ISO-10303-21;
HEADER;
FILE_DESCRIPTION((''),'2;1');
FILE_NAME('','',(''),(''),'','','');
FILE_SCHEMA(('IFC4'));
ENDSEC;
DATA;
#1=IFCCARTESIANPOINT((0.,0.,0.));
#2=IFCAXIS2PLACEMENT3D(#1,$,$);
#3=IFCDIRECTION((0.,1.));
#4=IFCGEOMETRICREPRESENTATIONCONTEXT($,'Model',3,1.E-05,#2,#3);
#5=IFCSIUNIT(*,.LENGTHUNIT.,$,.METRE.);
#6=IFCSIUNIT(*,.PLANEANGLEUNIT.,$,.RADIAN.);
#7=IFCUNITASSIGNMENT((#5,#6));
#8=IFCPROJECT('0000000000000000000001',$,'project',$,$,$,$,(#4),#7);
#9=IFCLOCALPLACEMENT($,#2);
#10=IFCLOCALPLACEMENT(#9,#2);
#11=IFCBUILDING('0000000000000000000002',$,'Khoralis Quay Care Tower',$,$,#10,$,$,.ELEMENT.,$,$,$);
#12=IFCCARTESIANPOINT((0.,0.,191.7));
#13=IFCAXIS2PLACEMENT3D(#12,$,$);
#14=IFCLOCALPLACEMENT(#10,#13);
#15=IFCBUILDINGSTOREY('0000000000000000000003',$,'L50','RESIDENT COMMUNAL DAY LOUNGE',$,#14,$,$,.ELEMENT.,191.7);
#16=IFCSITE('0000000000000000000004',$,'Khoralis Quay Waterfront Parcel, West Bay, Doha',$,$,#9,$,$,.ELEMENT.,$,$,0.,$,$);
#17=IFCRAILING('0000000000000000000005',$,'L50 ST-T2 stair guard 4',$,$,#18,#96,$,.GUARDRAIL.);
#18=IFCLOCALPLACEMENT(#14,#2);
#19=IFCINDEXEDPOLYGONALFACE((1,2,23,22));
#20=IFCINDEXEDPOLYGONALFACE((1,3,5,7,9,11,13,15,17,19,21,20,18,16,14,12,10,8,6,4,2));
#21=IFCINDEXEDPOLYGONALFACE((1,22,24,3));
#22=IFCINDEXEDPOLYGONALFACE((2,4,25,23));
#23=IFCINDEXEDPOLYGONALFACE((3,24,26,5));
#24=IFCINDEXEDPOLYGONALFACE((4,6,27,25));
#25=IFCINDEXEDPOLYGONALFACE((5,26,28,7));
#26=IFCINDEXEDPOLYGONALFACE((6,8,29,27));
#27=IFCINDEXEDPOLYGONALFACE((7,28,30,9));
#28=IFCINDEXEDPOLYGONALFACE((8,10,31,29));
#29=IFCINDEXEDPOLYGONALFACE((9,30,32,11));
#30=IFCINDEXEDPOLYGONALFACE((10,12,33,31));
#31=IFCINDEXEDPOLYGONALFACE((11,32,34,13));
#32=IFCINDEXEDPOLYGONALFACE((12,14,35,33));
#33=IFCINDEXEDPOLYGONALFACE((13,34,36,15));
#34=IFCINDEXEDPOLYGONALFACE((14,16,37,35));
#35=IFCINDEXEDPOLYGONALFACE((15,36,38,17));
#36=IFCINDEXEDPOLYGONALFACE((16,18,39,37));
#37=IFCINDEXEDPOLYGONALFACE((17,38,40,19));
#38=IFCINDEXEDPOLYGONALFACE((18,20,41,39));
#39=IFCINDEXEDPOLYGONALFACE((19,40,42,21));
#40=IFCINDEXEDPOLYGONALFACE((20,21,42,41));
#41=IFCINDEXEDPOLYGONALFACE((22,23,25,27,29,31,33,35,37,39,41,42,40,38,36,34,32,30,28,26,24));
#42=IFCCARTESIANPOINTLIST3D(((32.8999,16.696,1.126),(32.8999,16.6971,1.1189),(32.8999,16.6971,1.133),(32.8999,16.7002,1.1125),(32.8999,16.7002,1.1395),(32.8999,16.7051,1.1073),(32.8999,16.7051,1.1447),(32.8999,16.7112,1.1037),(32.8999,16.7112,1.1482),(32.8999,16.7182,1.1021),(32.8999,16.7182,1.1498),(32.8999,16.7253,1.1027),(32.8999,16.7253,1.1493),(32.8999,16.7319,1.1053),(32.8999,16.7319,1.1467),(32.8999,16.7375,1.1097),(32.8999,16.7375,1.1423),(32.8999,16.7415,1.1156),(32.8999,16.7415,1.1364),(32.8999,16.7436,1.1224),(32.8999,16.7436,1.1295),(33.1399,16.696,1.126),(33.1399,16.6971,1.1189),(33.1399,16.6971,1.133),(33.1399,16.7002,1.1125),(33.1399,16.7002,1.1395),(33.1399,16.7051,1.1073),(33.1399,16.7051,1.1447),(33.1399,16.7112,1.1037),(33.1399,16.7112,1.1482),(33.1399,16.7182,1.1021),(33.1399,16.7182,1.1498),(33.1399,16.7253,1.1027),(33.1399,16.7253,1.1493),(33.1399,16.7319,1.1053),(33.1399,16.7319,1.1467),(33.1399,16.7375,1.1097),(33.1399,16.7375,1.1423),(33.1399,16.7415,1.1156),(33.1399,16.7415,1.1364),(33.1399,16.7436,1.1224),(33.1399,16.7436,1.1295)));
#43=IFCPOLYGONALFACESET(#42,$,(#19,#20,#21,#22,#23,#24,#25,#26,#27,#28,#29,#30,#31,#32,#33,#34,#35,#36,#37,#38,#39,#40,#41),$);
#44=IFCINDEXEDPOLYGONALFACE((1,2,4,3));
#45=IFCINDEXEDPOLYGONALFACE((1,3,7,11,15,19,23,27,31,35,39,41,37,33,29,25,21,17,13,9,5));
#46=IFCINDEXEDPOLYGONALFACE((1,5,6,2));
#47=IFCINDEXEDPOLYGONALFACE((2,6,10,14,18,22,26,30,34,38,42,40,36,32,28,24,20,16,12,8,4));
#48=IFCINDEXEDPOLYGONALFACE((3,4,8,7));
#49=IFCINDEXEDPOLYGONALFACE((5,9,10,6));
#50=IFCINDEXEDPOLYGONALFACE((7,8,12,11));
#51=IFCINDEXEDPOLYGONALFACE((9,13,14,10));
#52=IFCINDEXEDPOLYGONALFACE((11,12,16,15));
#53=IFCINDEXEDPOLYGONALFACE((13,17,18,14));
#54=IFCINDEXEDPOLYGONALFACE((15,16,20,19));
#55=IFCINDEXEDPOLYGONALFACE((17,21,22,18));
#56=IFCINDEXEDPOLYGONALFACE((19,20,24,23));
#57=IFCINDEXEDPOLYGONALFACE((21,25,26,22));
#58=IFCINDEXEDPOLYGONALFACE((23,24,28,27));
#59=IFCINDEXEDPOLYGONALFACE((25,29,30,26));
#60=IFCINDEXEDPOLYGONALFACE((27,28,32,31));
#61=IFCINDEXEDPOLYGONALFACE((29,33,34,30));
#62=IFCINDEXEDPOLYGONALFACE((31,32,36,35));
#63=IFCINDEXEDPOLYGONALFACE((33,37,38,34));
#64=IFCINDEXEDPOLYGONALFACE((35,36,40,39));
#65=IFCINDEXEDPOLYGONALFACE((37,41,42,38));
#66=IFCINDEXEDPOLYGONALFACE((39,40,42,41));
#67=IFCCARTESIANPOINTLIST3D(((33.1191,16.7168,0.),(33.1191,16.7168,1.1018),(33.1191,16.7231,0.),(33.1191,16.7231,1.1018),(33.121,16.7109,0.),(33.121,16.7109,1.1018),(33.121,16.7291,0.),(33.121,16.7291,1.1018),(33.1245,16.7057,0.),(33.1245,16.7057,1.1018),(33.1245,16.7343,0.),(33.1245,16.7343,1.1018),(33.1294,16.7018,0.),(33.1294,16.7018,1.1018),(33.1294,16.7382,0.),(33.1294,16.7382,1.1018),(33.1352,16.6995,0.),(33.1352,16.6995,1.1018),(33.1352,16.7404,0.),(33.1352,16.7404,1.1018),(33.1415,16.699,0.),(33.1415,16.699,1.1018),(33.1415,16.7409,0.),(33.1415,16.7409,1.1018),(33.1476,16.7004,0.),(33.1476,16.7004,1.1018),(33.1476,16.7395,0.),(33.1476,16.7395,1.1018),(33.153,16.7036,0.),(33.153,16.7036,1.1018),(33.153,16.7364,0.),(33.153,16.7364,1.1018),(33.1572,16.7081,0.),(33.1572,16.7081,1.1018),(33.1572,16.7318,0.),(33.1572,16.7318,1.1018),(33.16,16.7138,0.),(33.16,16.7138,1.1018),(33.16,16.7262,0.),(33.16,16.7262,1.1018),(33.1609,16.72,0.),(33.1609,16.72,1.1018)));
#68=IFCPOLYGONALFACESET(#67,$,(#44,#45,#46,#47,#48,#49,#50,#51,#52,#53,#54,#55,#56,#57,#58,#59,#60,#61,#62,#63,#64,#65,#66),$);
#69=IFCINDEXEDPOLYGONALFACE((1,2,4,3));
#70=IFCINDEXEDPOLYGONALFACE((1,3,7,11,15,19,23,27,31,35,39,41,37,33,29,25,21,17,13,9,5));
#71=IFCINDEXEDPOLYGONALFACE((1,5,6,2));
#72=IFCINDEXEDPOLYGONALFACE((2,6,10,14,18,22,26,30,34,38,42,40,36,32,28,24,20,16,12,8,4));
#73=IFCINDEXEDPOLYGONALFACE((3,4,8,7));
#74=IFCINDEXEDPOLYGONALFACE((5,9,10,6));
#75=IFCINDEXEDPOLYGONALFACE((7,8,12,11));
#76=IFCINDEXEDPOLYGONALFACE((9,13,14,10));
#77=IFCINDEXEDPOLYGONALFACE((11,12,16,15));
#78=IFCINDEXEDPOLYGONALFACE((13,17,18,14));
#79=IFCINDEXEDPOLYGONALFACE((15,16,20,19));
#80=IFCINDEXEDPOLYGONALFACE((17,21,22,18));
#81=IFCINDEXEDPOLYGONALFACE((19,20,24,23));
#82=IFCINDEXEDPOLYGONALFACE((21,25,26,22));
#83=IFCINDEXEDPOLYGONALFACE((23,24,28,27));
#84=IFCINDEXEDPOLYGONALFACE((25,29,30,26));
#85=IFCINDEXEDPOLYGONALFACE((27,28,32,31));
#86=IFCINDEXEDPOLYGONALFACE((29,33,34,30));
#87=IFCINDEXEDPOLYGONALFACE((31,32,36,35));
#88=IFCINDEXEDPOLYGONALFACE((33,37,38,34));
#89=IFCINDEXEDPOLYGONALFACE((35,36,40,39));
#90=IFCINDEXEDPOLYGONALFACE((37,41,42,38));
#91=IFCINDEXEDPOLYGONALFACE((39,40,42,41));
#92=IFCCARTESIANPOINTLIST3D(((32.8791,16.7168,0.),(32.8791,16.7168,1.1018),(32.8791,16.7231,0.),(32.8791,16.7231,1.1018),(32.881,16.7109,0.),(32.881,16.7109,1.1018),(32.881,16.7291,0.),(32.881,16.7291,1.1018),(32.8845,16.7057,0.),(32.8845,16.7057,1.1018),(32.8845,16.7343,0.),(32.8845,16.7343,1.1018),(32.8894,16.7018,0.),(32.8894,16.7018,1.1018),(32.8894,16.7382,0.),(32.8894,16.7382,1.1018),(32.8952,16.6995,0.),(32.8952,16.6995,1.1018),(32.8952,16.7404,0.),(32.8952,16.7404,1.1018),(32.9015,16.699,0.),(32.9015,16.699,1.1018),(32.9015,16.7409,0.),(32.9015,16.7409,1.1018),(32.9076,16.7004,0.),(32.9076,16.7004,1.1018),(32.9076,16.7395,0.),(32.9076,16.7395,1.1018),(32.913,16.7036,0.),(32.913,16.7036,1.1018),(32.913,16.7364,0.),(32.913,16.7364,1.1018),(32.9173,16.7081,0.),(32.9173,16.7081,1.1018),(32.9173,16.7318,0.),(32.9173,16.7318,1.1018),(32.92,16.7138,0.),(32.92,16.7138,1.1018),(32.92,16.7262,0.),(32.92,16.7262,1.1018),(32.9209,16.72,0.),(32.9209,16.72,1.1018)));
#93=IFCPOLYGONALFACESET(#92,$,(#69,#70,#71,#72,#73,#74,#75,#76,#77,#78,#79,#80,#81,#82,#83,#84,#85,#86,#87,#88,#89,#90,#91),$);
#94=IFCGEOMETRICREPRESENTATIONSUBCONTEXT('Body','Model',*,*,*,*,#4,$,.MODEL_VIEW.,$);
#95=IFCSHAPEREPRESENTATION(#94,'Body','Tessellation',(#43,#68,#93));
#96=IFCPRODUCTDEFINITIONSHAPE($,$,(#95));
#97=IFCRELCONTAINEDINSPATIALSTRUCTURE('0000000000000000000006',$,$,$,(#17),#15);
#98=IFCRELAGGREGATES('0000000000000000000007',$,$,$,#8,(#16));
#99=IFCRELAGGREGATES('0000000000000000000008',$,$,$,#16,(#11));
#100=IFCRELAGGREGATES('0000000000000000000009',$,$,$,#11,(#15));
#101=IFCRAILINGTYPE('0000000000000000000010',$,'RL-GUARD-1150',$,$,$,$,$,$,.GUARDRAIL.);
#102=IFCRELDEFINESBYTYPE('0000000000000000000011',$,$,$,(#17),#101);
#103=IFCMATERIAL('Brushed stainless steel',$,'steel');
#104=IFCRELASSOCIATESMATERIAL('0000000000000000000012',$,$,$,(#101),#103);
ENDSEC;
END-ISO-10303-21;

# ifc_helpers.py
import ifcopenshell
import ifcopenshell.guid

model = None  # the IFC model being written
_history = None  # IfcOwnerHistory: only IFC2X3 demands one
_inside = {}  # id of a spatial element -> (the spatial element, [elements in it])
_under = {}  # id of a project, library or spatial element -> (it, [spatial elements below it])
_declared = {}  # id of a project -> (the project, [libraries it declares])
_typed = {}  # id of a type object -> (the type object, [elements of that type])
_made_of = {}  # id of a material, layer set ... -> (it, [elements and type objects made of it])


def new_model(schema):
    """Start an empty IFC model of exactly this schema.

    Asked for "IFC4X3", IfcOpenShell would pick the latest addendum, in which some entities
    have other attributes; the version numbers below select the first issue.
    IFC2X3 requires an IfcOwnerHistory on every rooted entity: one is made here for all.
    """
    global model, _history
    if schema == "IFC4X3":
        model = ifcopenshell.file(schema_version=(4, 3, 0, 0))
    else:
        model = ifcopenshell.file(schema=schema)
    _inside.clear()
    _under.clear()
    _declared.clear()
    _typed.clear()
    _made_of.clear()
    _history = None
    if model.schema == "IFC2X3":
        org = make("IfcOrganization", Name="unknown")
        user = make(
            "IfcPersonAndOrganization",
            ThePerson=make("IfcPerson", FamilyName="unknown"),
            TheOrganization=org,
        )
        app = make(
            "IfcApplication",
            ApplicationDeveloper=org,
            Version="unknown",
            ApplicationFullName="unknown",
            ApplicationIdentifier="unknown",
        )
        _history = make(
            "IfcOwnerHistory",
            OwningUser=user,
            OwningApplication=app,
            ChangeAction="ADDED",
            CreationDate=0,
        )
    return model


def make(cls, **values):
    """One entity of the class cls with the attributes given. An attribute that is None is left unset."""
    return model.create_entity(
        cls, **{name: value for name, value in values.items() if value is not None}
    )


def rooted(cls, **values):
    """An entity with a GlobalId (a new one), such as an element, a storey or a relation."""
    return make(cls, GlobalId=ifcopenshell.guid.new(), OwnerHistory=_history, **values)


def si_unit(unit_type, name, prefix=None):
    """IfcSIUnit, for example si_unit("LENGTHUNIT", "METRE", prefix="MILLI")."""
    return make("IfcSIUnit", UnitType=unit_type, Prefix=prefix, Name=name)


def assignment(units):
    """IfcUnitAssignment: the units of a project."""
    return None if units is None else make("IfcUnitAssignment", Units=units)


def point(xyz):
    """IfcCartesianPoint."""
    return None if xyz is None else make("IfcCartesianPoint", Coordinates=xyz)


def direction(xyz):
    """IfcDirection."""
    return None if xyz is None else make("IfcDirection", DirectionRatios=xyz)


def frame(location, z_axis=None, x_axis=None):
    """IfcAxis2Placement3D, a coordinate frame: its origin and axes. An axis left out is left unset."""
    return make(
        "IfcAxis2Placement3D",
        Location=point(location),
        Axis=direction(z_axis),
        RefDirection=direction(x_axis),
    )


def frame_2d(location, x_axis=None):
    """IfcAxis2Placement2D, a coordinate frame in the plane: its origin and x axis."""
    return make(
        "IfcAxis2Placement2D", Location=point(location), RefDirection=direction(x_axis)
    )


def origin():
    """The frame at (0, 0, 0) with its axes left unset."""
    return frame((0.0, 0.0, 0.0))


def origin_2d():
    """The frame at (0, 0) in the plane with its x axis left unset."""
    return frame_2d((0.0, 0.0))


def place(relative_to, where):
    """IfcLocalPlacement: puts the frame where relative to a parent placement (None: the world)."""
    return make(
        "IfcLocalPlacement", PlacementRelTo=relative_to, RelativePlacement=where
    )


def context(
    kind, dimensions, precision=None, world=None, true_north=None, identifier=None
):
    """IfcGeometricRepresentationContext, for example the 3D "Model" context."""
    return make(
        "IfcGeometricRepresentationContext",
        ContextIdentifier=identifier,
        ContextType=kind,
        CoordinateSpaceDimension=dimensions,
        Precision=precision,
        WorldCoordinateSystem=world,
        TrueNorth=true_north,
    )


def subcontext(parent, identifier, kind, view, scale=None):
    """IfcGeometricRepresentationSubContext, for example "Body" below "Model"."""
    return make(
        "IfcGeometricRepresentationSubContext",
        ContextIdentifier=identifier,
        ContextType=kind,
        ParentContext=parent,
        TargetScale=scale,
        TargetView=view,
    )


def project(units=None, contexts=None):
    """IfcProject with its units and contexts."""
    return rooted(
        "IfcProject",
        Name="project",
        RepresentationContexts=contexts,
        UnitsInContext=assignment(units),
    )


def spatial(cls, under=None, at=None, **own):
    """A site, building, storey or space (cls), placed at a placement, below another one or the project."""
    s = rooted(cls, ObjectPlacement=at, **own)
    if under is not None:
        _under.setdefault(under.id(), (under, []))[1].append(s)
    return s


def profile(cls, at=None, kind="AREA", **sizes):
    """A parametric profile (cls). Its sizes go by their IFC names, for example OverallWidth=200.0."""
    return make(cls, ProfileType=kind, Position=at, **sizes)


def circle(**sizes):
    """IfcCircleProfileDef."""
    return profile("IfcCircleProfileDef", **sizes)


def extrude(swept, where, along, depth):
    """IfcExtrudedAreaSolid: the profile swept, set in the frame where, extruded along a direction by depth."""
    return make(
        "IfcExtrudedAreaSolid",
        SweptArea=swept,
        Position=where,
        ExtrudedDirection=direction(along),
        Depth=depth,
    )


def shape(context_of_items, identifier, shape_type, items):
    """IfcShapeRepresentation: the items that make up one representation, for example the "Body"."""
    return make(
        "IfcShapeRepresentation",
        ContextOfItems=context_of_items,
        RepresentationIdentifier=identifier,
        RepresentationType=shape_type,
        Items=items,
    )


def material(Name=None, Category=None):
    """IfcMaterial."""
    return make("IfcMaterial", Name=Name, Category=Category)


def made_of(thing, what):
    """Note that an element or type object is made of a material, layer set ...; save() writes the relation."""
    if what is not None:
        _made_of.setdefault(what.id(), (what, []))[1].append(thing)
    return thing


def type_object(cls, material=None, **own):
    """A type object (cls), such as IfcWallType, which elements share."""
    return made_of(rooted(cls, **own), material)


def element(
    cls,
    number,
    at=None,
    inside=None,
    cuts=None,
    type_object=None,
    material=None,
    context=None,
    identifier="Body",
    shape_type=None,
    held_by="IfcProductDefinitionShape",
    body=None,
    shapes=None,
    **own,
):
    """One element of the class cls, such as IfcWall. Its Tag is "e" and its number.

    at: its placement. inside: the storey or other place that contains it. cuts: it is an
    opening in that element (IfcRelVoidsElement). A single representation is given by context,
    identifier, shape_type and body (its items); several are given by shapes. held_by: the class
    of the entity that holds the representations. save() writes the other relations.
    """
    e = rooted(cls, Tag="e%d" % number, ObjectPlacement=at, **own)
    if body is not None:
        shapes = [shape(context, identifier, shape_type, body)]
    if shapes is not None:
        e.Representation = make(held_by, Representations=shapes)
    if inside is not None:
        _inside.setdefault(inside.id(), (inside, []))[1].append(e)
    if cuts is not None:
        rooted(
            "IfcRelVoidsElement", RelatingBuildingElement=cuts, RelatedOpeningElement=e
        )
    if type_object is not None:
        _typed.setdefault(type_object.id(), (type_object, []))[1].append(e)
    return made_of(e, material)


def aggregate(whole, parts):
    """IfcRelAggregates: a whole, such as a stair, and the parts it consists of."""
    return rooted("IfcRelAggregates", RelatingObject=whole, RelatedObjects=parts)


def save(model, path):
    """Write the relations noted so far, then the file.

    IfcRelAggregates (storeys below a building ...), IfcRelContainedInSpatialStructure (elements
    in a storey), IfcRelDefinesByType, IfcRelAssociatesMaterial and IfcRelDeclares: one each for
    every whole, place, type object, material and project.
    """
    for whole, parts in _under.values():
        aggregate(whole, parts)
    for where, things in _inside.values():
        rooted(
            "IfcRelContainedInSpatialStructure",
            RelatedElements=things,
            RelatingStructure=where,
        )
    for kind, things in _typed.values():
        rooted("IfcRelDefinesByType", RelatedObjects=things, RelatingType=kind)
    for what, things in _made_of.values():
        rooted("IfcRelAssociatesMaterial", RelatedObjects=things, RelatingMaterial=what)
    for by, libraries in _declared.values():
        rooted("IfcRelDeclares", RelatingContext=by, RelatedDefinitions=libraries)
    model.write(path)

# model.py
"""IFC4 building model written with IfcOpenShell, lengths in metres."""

from ifc_helpers import new_model, si_unit, direction, frame, origin, origin_2d, place, context, subcontext, project, spatial, circle, extrude, material, type_object, element, save


model = new_model("IFC4")

# Units and contexts
model_context = context("Model", 3, precision=1e-05, world=origin(), true_north=direction((0.0, 1.0)))
body_context = subcontext(model_context, "Body", "Model", "MODEL_VIEW")
ifc_project = project(units=[si_unit("LENGTHUNIT", "METRE"), si_unit("PLANEANGLEUNIT", "RADIAN")], contexts=[model_context])

# Site, building, storey
site_placement = place(None, origin())
site = spatial("IfcSite", under=ifc_project, at=site_placement, Name="Khoralis Quay Waterfront Parcel, West Bay, Doha", CompositionType="ELEMENT", RefElevation=0.0)
building_placement = place(site_placement, origin())
building = spatial("IfcBuilding", under=site, at=building_placement, Name="Khoralis Quay Care Tower", CompositionType="ELEMENT")
storey_placement = place(building_placement, frame((0.0, 0.0, 191.7)))
storey = spatial("IfcBuildingStorey", under=building, at=storey_placement, Name="L50", Description="RESIDENT COMMUNAL DAY LOUNGE", CompositionType="ELEMENT", Elevation=191.7)

# Shared definitions
ifc_material_1 = material(Name="Brushed stainless steel", Category="steel")

# Railing
railing_type_1 = type_object("IfcRailingType", Name="RL-GUARD-1150", PredefinedType="GUARDRAIL", material=ifc_material_1)
railing_1_placement = place(storey_placement, frame((33.1399, 16.72, 0.0)))
element("IfcRailing", 1, at=railing_1_placement, inside=storey, type_object=railing_type_1, Name="L50 ST-T2 stair guard 4", PredefinedType="GUARDRAIL", context=body_context, shape_type="SweptSolid", body=[
    extrude(circle(Radius=0.0239, at=origin_2d()), frame((0.0, 0.0, 1.126), z_axis=(-1.0, 0.0, 0.0), x_axis=(0.0, -1.0, 0.0)), (0.0, 0.0, 1.0), 0.24),
    extrude(circle(Radius=0.021, at=origin_2d()), origin(), (0.0, 0.0, 1.0), 1.1018),
    extrude(circle(Radius=0.021, at=origin_2d()), frame((-0.24, 0.0, 0.0)), (0.0, 0.0, 1.0), 1.1018),
])

save(model, "model.ifc")
